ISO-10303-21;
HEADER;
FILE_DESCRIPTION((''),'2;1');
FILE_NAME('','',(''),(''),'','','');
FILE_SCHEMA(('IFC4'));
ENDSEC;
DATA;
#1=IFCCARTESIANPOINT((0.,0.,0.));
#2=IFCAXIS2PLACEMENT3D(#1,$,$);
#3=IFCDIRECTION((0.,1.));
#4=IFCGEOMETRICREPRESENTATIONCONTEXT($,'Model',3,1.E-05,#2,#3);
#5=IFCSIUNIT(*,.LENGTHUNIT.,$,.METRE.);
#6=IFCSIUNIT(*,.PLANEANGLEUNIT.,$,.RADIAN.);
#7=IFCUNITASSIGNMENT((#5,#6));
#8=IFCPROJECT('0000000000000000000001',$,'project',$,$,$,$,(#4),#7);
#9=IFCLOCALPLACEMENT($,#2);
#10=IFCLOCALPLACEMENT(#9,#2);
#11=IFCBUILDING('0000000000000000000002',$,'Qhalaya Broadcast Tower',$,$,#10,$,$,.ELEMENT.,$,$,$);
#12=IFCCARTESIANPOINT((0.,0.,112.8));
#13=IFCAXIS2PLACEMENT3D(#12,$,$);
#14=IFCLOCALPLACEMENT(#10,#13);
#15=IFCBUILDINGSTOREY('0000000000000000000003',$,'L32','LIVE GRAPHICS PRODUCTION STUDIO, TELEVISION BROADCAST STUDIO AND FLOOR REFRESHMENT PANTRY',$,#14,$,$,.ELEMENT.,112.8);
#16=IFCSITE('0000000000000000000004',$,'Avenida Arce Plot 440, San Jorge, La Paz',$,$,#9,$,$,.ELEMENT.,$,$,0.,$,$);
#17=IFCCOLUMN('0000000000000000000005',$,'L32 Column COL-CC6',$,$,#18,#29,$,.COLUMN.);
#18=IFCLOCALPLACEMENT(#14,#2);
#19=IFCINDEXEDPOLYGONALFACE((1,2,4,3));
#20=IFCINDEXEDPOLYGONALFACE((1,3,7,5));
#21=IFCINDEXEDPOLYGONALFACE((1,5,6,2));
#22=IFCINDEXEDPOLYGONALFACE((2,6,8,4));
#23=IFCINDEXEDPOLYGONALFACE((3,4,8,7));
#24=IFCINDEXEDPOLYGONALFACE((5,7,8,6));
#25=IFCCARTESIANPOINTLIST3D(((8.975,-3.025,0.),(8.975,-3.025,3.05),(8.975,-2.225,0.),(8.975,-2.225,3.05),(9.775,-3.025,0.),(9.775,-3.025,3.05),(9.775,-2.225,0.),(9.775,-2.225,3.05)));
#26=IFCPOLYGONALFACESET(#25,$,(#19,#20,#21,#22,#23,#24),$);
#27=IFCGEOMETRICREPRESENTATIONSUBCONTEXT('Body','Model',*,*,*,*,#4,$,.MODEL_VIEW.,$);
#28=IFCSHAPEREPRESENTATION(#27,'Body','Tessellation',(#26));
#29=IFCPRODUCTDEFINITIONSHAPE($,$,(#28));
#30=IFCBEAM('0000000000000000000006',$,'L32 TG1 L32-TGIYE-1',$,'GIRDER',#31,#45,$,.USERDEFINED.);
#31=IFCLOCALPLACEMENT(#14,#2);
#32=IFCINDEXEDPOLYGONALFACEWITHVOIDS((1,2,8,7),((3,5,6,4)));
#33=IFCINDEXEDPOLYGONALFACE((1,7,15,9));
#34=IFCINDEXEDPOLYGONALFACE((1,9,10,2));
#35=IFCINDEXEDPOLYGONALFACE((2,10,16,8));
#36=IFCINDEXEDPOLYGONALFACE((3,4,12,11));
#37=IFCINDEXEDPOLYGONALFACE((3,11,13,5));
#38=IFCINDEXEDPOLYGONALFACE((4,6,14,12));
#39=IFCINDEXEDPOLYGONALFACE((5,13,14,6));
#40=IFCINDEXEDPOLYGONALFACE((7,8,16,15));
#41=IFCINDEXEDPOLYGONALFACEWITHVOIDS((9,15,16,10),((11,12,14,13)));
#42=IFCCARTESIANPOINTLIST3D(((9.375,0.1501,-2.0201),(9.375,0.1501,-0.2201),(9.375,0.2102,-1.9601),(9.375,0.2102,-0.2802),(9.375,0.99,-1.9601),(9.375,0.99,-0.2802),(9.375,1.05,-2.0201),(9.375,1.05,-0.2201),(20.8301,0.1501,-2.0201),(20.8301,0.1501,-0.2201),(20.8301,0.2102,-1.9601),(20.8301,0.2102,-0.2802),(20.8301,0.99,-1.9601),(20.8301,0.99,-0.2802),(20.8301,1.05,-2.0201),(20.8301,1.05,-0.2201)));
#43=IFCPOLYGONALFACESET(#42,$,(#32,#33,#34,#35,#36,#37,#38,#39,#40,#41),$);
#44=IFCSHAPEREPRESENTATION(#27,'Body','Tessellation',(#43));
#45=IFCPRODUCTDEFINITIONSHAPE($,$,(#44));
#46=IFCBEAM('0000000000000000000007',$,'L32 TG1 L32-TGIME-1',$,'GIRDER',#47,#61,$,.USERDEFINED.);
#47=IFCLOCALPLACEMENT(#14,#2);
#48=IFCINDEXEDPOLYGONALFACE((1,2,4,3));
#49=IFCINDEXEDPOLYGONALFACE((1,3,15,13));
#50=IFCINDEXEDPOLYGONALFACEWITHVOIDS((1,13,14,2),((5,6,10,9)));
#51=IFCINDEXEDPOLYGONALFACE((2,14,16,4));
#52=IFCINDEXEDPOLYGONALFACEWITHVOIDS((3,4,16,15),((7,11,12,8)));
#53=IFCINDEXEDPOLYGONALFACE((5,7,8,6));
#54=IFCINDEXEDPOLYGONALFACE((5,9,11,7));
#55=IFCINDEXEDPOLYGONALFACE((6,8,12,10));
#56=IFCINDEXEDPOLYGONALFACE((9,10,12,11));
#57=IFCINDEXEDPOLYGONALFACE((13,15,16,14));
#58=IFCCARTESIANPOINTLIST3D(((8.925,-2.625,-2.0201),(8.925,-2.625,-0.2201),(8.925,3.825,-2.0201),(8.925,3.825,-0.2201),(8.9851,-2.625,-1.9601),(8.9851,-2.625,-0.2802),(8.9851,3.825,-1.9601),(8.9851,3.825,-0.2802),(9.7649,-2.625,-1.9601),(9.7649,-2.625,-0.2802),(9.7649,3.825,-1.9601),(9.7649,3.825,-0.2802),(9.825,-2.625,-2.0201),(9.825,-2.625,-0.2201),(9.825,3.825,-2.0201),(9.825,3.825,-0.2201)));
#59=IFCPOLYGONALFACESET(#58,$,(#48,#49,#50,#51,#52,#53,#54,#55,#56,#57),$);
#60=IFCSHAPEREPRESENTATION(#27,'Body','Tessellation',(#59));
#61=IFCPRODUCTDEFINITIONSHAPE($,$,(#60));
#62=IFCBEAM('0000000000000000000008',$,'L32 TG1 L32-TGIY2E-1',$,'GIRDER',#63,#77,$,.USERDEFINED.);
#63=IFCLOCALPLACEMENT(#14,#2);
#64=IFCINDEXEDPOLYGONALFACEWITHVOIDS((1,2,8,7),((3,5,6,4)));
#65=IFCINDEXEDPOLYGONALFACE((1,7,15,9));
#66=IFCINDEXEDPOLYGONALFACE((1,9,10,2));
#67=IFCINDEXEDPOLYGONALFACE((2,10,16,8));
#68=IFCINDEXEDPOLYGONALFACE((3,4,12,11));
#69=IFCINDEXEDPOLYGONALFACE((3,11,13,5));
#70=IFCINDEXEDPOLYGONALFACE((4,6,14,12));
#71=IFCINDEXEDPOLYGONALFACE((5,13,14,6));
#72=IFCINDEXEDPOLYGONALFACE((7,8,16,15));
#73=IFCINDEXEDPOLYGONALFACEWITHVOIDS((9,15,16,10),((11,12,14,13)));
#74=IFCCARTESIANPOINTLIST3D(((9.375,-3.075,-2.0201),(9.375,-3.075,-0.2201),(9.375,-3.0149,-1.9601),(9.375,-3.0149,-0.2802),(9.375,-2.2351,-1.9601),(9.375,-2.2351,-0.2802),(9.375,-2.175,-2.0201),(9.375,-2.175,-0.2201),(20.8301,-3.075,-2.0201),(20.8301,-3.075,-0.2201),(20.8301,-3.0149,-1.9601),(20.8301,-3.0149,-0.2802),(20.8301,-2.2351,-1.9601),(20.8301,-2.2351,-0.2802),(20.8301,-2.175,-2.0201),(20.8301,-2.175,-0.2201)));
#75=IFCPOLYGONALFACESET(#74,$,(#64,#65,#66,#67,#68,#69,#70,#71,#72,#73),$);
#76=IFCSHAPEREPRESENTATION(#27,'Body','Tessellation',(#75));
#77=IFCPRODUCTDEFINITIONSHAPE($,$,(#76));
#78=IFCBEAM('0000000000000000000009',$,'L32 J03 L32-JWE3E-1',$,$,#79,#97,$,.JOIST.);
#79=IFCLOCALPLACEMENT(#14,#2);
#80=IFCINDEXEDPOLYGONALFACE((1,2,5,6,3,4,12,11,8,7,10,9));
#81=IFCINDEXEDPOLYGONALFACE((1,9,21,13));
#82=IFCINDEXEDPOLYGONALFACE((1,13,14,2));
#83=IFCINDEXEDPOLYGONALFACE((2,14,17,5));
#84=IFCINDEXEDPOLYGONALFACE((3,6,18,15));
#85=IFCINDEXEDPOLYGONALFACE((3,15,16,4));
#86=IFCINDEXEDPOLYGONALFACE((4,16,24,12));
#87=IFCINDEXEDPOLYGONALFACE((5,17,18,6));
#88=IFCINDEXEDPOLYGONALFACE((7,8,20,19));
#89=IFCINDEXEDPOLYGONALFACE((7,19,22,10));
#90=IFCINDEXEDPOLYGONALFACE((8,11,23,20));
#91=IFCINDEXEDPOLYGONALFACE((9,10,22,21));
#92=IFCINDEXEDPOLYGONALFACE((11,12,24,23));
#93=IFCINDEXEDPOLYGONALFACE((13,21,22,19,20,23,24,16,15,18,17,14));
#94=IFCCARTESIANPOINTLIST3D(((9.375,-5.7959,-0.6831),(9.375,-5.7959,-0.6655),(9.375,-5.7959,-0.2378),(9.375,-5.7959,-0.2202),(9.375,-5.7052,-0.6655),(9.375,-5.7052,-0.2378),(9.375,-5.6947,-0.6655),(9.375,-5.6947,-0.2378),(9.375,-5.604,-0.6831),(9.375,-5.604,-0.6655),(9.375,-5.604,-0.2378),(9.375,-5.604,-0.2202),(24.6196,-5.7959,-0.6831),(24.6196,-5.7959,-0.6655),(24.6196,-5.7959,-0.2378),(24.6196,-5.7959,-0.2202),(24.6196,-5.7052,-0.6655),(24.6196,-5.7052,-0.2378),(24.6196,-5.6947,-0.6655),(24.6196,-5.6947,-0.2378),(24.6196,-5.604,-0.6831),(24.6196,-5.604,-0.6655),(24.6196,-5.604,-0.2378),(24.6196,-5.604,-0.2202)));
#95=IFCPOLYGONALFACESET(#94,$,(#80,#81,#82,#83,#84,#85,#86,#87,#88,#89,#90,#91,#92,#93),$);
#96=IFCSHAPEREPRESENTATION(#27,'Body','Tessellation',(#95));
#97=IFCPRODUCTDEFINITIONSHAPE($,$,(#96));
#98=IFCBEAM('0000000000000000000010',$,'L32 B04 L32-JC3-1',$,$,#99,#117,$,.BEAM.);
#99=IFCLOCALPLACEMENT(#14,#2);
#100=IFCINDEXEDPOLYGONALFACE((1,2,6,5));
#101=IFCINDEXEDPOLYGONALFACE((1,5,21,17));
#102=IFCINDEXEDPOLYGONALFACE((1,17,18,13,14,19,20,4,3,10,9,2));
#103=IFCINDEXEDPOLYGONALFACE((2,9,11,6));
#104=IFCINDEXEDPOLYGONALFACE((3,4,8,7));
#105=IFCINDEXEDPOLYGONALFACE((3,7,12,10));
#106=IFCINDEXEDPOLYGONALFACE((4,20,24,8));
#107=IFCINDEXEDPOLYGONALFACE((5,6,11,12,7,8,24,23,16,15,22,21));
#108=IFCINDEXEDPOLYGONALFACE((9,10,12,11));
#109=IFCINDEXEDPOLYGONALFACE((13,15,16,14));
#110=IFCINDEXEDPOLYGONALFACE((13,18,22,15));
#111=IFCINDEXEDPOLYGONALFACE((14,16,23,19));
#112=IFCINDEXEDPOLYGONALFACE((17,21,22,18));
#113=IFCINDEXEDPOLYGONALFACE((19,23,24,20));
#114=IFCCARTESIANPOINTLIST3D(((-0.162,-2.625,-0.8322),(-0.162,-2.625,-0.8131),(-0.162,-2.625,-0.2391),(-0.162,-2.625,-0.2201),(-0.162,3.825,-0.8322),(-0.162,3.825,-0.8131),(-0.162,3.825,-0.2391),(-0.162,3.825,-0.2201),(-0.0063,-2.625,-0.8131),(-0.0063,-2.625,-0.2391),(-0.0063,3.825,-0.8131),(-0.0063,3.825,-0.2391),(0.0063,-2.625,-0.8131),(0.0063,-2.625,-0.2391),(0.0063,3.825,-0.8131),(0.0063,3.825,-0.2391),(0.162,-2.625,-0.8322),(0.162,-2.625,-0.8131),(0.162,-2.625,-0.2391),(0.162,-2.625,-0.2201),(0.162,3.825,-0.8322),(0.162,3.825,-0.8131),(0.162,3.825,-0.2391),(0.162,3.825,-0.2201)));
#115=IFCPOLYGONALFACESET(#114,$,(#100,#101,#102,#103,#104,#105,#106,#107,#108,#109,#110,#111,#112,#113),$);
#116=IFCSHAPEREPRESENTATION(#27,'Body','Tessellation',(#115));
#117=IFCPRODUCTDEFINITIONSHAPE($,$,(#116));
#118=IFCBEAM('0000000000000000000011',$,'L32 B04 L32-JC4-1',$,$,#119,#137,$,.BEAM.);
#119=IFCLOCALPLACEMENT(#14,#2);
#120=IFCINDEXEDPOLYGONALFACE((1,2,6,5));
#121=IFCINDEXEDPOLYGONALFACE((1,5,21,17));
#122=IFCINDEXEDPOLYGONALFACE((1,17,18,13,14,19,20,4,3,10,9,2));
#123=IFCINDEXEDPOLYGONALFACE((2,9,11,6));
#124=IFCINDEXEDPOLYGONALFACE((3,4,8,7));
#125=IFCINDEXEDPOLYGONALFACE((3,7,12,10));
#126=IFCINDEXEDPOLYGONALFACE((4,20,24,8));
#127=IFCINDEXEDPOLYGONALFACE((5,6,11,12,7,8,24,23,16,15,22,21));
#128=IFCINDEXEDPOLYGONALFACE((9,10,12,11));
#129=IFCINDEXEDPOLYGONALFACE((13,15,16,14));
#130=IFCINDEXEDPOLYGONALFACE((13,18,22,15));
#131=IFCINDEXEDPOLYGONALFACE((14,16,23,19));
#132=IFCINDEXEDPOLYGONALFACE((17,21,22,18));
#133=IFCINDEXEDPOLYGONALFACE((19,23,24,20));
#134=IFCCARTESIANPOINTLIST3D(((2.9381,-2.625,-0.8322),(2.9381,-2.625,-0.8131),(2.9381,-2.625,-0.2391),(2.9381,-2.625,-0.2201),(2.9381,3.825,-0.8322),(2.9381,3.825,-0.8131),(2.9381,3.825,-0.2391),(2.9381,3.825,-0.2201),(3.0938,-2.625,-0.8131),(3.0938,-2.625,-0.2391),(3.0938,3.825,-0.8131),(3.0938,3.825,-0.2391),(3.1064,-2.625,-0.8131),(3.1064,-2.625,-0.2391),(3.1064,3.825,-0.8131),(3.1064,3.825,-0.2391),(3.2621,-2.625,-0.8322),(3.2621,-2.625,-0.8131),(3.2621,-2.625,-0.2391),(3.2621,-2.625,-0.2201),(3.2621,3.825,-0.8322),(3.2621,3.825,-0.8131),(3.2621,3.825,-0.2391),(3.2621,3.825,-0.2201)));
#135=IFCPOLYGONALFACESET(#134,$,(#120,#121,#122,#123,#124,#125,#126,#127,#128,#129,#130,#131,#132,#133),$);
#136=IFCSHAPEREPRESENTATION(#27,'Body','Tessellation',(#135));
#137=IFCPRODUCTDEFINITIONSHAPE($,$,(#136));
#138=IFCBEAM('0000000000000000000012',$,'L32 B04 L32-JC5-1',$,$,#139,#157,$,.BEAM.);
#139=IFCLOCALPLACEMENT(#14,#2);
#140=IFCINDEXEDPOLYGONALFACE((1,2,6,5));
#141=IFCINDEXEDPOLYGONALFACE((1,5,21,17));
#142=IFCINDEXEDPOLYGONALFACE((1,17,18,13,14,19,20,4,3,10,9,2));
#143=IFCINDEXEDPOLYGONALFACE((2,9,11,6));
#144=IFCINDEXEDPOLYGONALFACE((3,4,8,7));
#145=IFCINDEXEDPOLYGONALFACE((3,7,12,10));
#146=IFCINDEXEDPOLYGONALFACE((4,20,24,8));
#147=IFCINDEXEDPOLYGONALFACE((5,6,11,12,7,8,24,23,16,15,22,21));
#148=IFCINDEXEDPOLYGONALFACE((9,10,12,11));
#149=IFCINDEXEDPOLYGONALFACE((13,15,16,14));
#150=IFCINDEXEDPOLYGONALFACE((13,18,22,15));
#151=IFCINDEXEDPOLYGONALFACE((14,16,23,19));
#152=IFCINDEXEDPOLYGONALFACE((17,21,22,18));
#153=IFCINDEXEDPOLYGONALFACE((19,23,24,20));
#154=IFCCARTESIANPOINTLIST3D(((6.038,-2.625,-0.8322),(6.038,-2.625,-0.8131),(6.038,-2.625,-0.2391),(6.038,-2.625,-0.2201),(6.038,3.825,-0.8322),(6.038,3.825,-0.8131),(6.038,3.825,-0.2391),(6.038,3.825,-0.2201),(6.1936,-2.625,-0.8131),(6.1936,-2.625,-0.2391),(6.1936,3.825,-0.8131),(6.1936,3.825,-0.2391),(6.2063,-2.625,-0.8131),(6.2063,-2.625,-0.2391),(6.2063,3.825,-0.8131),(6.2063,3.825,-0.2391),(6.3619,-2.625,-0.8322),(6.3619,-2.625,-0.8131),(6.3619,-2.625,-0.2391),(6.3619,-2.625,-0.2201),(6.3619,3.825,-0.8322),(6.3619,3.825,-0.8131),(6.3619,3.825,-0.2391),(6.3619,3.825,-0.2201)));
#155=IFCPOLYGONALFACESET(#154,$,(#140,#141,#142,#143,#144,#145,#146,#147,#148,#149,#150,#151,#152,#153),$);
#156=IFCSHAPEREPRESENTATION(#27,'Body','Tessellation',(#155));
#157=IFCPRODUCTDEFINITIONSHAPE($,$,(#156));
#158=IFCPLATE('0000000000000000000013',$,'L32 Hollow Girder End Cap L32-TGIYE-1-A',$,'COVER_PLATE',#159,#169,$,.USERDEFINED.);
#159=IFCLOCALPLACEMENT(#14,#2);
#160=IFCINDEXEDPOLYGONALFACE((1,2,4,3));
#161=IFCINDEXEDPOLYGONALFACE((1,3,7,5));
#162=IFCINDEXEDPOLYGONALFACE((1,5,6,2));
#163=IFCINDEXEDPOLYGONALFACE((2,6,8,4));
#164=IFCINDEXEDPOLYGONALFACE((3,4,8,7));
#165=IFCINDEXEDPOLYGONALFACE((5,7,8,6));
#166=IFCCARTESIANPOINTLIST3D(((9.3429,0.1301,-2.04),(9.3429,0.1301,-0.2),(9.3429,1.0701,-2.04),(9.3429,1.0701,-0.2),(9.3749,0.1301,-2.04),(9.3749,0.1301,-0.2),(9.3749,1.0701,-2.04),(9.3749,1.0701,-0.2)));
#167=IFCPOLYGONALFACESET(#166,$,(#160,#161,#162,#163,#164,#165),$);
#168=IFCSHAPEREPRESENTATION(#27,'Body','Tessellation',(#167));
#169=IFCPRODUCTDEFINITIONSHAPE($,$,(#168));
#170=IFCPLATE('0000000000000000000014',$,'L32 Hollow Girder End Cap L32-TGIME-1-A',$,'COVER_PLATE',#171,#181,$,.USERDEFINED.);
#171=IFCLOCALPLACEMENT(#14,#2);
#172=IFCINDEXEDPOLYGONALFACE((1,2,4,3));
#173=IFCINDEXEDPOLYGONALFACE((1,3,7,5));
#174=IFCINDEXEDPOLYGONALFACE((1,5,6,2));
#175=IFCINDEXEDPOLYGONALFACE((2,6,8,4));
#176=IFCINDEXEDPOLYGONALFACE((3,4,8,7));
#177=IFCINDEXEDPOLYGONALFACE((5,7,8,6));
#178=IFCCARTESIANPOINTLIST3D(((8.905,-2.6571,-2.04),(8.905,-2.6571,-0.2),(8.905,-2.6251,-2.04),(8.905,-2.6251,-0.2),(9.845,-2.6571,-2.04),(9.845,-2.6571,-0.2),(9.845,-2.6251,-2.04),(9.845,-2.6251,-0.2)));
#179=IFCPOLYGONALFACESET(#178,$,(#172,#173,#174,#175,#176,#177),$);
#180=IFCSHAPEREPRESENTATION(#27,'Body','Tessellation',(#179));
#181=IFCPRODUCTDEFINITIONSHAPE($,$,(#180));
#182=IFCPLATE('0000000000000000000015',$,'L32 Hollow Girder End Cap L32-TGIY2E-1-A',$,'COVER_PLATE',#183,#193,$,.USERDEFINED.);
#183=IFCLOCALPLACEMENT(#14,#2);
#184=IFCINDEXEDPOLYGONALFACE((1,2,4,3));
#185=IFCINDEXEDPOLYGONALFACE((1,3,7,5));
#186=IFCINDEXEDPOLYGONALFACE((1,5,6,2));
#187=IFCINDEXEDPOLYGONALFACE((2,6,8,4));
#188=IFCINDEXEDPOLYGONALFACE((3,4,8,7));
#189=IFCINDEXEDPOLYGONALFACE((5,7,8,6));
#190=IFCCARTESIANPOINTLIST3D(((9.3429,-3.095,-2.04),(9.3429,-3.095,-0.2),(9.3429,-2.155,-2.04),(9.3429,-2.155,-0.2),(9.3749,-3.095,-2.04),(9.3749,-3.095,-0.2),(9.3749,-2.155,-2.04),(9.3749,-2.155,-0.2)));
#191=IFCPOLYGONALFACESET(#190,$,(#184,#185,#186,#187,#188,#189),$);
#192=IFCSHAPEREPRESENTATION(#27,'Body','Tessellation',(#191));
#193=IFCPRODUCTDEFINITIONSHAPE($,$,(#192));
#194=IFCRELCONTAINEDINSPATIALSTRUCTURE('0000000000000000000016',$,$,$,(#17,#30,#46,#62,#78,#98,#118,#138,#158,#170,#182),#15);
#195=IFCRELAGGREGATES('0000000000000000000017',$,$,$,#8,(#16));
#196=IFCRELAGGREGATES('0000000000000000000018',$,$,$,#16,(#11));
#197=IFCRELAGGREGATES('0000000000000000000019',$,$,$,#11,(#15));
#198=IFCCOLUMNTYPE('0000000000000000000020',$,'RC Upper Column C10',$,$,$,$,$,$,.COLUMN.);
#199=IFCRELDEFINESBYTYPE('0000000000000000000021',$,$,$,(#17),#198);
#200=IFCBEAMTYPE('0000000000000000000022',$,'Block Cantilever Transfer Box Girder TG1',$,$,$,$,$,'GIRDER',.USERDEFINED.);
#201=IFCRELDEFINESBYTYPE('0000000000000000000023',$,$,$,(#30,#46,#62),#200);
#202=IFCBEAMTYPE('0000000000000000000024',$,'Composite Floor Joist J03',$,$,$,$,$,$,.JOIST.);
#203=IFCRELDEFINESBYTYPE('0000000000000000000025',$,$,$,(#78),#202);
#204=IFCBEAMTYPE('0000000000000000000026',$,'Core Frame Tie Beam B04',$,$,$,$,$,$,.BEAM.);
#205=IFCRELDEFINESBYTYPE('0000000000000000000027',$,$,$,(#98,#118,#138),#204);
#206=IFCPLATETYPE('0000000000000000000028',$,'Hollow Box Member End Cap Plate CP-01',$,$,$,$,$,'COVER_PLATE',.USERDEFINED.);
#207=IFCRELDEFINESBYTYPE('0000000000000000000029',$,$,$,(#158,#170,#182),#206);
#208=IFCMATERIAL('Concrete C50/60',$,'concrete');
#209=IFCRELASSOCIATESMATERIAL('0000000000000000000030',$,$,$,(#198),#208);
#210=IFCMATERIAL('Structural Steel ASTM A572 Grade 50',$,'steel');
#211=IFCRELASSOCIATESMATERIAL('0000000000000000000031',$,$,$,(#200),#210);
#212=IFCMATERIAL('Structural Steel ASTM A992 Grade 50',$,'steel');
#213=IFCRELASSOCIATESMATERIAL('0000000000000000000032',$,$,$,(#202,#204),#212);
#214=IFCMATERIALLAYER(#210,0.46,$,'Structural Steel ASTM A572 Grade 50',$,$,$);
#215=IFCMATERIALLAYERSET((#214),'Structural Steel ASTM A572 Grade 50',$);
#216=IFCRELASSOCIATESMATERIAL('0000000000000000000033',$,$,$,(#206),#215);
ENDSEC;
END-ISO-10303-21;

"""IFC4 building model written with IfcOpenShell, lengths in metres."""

from ifc_helpers import new_model, si_unit, direction, frame, origin, origin_2d, place, context, subcontext, project, spatial, rectangle, hollow_rectangle, i_section, extrude, material, layer, layer_set, material_profile, profile_set, type_object, element, save


model = new_model("IFC4")

# Units and contexts
model_context = context("Model", 3, precision=1e-05, world=origin(), true_north=direction((0.0, 1.0)))
body_context = subcontext(model_context, "Body", "Model", "MODEL_VIEW")
ifc_project = project(units=[si_unit("LENGTHUNIT", "METRE"), si_unit("PLANEANGLEUNIT", "RADIAN")], contexts=[model_context])

# Site, building, storey
site_placement = place(None, origin())
site = spatial("IfcSite", under=ifc_project, at=site_placement, Name="Avenida Arce Plot 440, San Jorge, La Paz", CompositionType="ELEMENT", RefElevation=0.0)
building_placement = place(site_placement, origin())
building = spatial("IfcBuilding", under=site, at=building_placement, Name="Qhalaya Broadcast Tower", CompositionType="ELEMENT")
storey_placement = place(building_placement, frame((0.0, 0.0, 112.8)))
storey = spatial("IfcBuildingStorey", under=building, at=storey_placement, Name="L32", Description="LIVE GRAPHICS PRODUCTION STUDIO, TELEVISION BROADCAST STUDIO AND FLOOR REFRESHMENT PANTRY", CompositionType="ELEMENT", Elevation=112.8)

# Column
ifc_material_1 = material(Name="Concrete C50/60", Category="concrete")
ifc_material_profile_1 = material_profile(ifc_material_1, rectangle(XDim=0.8, YDim=0.8, at=origin_2d()), Name="RC-COL 800x800")
ifc_profile_set_1 = profile_set([ifc_material_profile_1], Name="Concrete C50/60")
column_type = type_object("IfcColumnType", Name="RC Upper Column C10", PredefinedType="COLUMN", material=ifc_profile_set_1)
column_placement = place(storey_placement, frame((9.375, -2.625, 0.0), z_axis=(0.0, 0.0, 1.0), x_axis=(1.0, 0.0, 0.0)))
element("IfcColumn", 1, at=column_placement, inside=storey, type_object=column_type, Name="L32 Column COL-CC6", PredefinedType="COLUMN", context=body_context, shape_type="SweptSolid", body=[
    extrude(rectangle(XDim=0.8, YDim=0.8, at=origin_2d()), origin(), (0.0, 0.0, 1.0), 3.05),
])

# Beams
ifc_material_2 = material(Name="Structural Steel ASTM A572 Grade 50", Category="steel")
ifc_material_profile_2 = material_profile(ifc_material_2, hollow_rectangle(XDim=0.8999, YDim=1.8, WallThickness=0.0601, at=origin_2d()), Name="BOX 900x1800x60")
ifc_profile_set_2 = profile_set([ifc_material_profile_2], Name="Structural Steel ASTM A572 Grade 50")
beam_type_1 = type_object("IfcBeamType", Name="Block Cantilever Transfer Box Girder TG1", ElementType="GIRDER", PredefinedType="USERDEFINED", material=ifc_profile_set_2)
beam_1_placement = place(storey_placement, frame((9.375, 0.6001, -1.1201), z_axis=(1.0, 0.0, 0.0), x_axis=(0.0, 1.0, 0.0)))
element("IfcBeam", 2, at=beam_1_placement, inside=storey, type_object=beam_type_1, Name="L32 TG1 L32-TGIYE-1", ObjectType="GIRDER", PredefinedType="USERDEFINED", context=body_context, shape_type="SweptSolid", body=[
    extrude(hollow_rectangle(XDim=0.8999, YDim=1.8, WallThickness=0.0601, at=origin_2d()), origin(), (0.0, 0.0, 1.0), 11.4551),
])
beam_2_placement = place(storey_placement, frame((9.375, -2.625, -1.1201), z_axis=(0.0, 1.0, 0.0), x_axis=(-1.0, 0.0, 0.0)))
element("IfcBeam", 3, at=beam_2_placement, inside=storey, type_object=beam_type_1, Name="L32 TG1 L32-TGIME-1", ObjectType="GIRDER", PredefinedType="USERDEFINED", context=body_context, shape_type="SweptSolid", body=[
    extrude(hollow_rectangle(XDim=0.8999, YDim=1.8, WallThickness=0.0601, at=origin_2d()), origin(), (0.0, 0.0, 1.0), 6.45),
])
beam_3_placement = place(storey_placement, frame((9.375, -2.625, -1.1201), z_axis=(1.0, 0.0, 0.0), x_axis=(0.0, 1.0, 0.0)))
element("IfcBeam", 4, at=beam_3_placement, inside=storey, type_object=beam_type_1, Name="L32 TG1 L32-TGIY2E-1", ObjectType="GIRDER", PredefinedType="USERDEFINED", context=body_context, shape_type="SweptSolid", body=[
    extrude(hollow_rectangle(XDim=0.8999, YDim=1.8, WallThickness=0.0601, at=origin_2d()), origin(), (0.0, 0.0, 1.0), 11.4551),
])
ifc_material_3 = material(Name="Structural Steel ASTM A992 Grade 50", Category="steel")
ifc_material_profile_3 = material_profile(ifc_material_3, i_section(OverallWidth=0.1919, OverallDepth=0.4629, WebThickness=0.0105, FlangeThickness=0.0176, at=origin_2d()), Name="W18X60")
ifc_profile_set_3 = profile_set([ifc_material_profile_3], Name="Structural Steel ASTM A992 Grade 50")
beam_type_2 = type_object("IfcBeamType", Name="Composite Floor Joist J03", PredefinedType="JOIST", material=ifc_profile_set_3)
beam_4_placement = place(storey_placement, frame((9.375, -5.7, -0.4517), z_axis=(1.0, 0.0, 0.0), x_axis=(0.0, 1.0, 0.0)))
element("IfcBeam", 5, at=beam_4_placement, inside=storey, type_object=beam_type_2, Name="L32 J03 L32-JWE3E-1", PredefinedType="JOIST", context=body_context, shape_type="SweptSolid", body=[
    extrude(i_section(OverallWidth=0.1919, OverallDepth=0.4629, WebThickness=0.0105, FlangeThickness=0.0176, at=origin_2d()), origin(), (0.0, 0.0, 1.0), 15.2446),
])
ifc_material_profile_4 = material_profile(ifc_material_3, i_section(OverallWidth=0.324, OverallDepth=0.6121, WebThickness=0.0127, FlangeThickness=0.019, at=origin_2d()), Name="W24X104")
ifc_profile_set_4 = profile_set([ifc_material_profile_4], Name="Structural Steel ASTM A992 Grade 50")
beam_type_3 = type_object("IfcBeamType", Name="Core Frame Tie Beam B04", PredefinedType="BEAM", material=ifc_profile_set_4)
for number, where, z_axis, x_axis, name in (
    (6, (0.0, -2.625, -0.5261), (0.0, 1.0, 0.0), (-1.0, 0.0, 0.0), "L32 B04 L32-JC3-1"),
    (7, (3.1001, -2.625, -0.5261), (0.0, 1.0, 0.0), (-1.0, 0.0, 0.0), "L32 B04 L32-JC4-1"),
    (8, (6.2, -2.625, -0.5261), (0.0, 1.0, 0.0), (-1.0, 0.0, 0.0), "L32 B04 L32-JC5-1"),
):
    element("IfcBeam", number, at=place(storey_placement, frame(where, z_axis=z_axis, x_axis=x_axis)), inside=storey, type_object=beam_type_3, Name=name, PredefinedType="BEAM", context=body_context, shape_type="SweptSolid", body=[
        extrude(i_section(OverallWidth=0.324, OverallDepth=0.6121, WebThickness=0.0127, FlangeThickness=0.019, at=origin_2d()), origin(), (0.0, 0.0, 1.0), 6.45),
    ])

# Plates
ifc_layer_1 = layer(ifc_material_2, 0.46, Name="Structural Steel ASTM A572 Grade 50")
ifc_layer_set_1 = layer_set([ifc_layer_1], Name="Structural Steel ASTM A572 Grade 50")
plate_type = type_object("IfcPlateType", Name="Hollow Box Member End Cap Plate CP-01", ElementType="COVER_PLATE", PredefinedType="USERDEFINED", material=ifc_layer_set_1)
for number, where, z_axis, x_axis, name in (
    (9, (9.3589, 0.6001, -2.04), (0.0, 0.0, 1.0), (0.0, 1.0, 0.0), "L32 Hollow Girder End Cap L32-TGIYE-1-A"),
    (10, (9.375, -2.6411, -2.04), (0.0, 0.0, 1.0), (-1.0, 0.0, 0.0), "L32 Hollow Girder End Cap L32-TGIME-1-A"),
    (11, (9.3589, -2.625, -2.04), (0.0, 0.0, 1.0), (0.0, 1.0, 0.0), "L32 Hollow Girder End Cap L32-TGIY2E-1-A"),
):
    element("IfcPlate", number, at=place(storey_placement, frame(where, z_axis=z_axis, x_axis=x_axis)), inside=storey, type_object=plate_type, Name=name, ObjectType="COVER_PLATE", PredefinedType="USERDEFINED", context=body_context, shape_type="SweptSolid", body=[
        extrude(rectangle(XDim=0.9399, YDim=0.032, at=origin_2d()), origin(), (0.0, 0.0, 1.0), 1.8401),
    ])

save(model, "model.ifc")
